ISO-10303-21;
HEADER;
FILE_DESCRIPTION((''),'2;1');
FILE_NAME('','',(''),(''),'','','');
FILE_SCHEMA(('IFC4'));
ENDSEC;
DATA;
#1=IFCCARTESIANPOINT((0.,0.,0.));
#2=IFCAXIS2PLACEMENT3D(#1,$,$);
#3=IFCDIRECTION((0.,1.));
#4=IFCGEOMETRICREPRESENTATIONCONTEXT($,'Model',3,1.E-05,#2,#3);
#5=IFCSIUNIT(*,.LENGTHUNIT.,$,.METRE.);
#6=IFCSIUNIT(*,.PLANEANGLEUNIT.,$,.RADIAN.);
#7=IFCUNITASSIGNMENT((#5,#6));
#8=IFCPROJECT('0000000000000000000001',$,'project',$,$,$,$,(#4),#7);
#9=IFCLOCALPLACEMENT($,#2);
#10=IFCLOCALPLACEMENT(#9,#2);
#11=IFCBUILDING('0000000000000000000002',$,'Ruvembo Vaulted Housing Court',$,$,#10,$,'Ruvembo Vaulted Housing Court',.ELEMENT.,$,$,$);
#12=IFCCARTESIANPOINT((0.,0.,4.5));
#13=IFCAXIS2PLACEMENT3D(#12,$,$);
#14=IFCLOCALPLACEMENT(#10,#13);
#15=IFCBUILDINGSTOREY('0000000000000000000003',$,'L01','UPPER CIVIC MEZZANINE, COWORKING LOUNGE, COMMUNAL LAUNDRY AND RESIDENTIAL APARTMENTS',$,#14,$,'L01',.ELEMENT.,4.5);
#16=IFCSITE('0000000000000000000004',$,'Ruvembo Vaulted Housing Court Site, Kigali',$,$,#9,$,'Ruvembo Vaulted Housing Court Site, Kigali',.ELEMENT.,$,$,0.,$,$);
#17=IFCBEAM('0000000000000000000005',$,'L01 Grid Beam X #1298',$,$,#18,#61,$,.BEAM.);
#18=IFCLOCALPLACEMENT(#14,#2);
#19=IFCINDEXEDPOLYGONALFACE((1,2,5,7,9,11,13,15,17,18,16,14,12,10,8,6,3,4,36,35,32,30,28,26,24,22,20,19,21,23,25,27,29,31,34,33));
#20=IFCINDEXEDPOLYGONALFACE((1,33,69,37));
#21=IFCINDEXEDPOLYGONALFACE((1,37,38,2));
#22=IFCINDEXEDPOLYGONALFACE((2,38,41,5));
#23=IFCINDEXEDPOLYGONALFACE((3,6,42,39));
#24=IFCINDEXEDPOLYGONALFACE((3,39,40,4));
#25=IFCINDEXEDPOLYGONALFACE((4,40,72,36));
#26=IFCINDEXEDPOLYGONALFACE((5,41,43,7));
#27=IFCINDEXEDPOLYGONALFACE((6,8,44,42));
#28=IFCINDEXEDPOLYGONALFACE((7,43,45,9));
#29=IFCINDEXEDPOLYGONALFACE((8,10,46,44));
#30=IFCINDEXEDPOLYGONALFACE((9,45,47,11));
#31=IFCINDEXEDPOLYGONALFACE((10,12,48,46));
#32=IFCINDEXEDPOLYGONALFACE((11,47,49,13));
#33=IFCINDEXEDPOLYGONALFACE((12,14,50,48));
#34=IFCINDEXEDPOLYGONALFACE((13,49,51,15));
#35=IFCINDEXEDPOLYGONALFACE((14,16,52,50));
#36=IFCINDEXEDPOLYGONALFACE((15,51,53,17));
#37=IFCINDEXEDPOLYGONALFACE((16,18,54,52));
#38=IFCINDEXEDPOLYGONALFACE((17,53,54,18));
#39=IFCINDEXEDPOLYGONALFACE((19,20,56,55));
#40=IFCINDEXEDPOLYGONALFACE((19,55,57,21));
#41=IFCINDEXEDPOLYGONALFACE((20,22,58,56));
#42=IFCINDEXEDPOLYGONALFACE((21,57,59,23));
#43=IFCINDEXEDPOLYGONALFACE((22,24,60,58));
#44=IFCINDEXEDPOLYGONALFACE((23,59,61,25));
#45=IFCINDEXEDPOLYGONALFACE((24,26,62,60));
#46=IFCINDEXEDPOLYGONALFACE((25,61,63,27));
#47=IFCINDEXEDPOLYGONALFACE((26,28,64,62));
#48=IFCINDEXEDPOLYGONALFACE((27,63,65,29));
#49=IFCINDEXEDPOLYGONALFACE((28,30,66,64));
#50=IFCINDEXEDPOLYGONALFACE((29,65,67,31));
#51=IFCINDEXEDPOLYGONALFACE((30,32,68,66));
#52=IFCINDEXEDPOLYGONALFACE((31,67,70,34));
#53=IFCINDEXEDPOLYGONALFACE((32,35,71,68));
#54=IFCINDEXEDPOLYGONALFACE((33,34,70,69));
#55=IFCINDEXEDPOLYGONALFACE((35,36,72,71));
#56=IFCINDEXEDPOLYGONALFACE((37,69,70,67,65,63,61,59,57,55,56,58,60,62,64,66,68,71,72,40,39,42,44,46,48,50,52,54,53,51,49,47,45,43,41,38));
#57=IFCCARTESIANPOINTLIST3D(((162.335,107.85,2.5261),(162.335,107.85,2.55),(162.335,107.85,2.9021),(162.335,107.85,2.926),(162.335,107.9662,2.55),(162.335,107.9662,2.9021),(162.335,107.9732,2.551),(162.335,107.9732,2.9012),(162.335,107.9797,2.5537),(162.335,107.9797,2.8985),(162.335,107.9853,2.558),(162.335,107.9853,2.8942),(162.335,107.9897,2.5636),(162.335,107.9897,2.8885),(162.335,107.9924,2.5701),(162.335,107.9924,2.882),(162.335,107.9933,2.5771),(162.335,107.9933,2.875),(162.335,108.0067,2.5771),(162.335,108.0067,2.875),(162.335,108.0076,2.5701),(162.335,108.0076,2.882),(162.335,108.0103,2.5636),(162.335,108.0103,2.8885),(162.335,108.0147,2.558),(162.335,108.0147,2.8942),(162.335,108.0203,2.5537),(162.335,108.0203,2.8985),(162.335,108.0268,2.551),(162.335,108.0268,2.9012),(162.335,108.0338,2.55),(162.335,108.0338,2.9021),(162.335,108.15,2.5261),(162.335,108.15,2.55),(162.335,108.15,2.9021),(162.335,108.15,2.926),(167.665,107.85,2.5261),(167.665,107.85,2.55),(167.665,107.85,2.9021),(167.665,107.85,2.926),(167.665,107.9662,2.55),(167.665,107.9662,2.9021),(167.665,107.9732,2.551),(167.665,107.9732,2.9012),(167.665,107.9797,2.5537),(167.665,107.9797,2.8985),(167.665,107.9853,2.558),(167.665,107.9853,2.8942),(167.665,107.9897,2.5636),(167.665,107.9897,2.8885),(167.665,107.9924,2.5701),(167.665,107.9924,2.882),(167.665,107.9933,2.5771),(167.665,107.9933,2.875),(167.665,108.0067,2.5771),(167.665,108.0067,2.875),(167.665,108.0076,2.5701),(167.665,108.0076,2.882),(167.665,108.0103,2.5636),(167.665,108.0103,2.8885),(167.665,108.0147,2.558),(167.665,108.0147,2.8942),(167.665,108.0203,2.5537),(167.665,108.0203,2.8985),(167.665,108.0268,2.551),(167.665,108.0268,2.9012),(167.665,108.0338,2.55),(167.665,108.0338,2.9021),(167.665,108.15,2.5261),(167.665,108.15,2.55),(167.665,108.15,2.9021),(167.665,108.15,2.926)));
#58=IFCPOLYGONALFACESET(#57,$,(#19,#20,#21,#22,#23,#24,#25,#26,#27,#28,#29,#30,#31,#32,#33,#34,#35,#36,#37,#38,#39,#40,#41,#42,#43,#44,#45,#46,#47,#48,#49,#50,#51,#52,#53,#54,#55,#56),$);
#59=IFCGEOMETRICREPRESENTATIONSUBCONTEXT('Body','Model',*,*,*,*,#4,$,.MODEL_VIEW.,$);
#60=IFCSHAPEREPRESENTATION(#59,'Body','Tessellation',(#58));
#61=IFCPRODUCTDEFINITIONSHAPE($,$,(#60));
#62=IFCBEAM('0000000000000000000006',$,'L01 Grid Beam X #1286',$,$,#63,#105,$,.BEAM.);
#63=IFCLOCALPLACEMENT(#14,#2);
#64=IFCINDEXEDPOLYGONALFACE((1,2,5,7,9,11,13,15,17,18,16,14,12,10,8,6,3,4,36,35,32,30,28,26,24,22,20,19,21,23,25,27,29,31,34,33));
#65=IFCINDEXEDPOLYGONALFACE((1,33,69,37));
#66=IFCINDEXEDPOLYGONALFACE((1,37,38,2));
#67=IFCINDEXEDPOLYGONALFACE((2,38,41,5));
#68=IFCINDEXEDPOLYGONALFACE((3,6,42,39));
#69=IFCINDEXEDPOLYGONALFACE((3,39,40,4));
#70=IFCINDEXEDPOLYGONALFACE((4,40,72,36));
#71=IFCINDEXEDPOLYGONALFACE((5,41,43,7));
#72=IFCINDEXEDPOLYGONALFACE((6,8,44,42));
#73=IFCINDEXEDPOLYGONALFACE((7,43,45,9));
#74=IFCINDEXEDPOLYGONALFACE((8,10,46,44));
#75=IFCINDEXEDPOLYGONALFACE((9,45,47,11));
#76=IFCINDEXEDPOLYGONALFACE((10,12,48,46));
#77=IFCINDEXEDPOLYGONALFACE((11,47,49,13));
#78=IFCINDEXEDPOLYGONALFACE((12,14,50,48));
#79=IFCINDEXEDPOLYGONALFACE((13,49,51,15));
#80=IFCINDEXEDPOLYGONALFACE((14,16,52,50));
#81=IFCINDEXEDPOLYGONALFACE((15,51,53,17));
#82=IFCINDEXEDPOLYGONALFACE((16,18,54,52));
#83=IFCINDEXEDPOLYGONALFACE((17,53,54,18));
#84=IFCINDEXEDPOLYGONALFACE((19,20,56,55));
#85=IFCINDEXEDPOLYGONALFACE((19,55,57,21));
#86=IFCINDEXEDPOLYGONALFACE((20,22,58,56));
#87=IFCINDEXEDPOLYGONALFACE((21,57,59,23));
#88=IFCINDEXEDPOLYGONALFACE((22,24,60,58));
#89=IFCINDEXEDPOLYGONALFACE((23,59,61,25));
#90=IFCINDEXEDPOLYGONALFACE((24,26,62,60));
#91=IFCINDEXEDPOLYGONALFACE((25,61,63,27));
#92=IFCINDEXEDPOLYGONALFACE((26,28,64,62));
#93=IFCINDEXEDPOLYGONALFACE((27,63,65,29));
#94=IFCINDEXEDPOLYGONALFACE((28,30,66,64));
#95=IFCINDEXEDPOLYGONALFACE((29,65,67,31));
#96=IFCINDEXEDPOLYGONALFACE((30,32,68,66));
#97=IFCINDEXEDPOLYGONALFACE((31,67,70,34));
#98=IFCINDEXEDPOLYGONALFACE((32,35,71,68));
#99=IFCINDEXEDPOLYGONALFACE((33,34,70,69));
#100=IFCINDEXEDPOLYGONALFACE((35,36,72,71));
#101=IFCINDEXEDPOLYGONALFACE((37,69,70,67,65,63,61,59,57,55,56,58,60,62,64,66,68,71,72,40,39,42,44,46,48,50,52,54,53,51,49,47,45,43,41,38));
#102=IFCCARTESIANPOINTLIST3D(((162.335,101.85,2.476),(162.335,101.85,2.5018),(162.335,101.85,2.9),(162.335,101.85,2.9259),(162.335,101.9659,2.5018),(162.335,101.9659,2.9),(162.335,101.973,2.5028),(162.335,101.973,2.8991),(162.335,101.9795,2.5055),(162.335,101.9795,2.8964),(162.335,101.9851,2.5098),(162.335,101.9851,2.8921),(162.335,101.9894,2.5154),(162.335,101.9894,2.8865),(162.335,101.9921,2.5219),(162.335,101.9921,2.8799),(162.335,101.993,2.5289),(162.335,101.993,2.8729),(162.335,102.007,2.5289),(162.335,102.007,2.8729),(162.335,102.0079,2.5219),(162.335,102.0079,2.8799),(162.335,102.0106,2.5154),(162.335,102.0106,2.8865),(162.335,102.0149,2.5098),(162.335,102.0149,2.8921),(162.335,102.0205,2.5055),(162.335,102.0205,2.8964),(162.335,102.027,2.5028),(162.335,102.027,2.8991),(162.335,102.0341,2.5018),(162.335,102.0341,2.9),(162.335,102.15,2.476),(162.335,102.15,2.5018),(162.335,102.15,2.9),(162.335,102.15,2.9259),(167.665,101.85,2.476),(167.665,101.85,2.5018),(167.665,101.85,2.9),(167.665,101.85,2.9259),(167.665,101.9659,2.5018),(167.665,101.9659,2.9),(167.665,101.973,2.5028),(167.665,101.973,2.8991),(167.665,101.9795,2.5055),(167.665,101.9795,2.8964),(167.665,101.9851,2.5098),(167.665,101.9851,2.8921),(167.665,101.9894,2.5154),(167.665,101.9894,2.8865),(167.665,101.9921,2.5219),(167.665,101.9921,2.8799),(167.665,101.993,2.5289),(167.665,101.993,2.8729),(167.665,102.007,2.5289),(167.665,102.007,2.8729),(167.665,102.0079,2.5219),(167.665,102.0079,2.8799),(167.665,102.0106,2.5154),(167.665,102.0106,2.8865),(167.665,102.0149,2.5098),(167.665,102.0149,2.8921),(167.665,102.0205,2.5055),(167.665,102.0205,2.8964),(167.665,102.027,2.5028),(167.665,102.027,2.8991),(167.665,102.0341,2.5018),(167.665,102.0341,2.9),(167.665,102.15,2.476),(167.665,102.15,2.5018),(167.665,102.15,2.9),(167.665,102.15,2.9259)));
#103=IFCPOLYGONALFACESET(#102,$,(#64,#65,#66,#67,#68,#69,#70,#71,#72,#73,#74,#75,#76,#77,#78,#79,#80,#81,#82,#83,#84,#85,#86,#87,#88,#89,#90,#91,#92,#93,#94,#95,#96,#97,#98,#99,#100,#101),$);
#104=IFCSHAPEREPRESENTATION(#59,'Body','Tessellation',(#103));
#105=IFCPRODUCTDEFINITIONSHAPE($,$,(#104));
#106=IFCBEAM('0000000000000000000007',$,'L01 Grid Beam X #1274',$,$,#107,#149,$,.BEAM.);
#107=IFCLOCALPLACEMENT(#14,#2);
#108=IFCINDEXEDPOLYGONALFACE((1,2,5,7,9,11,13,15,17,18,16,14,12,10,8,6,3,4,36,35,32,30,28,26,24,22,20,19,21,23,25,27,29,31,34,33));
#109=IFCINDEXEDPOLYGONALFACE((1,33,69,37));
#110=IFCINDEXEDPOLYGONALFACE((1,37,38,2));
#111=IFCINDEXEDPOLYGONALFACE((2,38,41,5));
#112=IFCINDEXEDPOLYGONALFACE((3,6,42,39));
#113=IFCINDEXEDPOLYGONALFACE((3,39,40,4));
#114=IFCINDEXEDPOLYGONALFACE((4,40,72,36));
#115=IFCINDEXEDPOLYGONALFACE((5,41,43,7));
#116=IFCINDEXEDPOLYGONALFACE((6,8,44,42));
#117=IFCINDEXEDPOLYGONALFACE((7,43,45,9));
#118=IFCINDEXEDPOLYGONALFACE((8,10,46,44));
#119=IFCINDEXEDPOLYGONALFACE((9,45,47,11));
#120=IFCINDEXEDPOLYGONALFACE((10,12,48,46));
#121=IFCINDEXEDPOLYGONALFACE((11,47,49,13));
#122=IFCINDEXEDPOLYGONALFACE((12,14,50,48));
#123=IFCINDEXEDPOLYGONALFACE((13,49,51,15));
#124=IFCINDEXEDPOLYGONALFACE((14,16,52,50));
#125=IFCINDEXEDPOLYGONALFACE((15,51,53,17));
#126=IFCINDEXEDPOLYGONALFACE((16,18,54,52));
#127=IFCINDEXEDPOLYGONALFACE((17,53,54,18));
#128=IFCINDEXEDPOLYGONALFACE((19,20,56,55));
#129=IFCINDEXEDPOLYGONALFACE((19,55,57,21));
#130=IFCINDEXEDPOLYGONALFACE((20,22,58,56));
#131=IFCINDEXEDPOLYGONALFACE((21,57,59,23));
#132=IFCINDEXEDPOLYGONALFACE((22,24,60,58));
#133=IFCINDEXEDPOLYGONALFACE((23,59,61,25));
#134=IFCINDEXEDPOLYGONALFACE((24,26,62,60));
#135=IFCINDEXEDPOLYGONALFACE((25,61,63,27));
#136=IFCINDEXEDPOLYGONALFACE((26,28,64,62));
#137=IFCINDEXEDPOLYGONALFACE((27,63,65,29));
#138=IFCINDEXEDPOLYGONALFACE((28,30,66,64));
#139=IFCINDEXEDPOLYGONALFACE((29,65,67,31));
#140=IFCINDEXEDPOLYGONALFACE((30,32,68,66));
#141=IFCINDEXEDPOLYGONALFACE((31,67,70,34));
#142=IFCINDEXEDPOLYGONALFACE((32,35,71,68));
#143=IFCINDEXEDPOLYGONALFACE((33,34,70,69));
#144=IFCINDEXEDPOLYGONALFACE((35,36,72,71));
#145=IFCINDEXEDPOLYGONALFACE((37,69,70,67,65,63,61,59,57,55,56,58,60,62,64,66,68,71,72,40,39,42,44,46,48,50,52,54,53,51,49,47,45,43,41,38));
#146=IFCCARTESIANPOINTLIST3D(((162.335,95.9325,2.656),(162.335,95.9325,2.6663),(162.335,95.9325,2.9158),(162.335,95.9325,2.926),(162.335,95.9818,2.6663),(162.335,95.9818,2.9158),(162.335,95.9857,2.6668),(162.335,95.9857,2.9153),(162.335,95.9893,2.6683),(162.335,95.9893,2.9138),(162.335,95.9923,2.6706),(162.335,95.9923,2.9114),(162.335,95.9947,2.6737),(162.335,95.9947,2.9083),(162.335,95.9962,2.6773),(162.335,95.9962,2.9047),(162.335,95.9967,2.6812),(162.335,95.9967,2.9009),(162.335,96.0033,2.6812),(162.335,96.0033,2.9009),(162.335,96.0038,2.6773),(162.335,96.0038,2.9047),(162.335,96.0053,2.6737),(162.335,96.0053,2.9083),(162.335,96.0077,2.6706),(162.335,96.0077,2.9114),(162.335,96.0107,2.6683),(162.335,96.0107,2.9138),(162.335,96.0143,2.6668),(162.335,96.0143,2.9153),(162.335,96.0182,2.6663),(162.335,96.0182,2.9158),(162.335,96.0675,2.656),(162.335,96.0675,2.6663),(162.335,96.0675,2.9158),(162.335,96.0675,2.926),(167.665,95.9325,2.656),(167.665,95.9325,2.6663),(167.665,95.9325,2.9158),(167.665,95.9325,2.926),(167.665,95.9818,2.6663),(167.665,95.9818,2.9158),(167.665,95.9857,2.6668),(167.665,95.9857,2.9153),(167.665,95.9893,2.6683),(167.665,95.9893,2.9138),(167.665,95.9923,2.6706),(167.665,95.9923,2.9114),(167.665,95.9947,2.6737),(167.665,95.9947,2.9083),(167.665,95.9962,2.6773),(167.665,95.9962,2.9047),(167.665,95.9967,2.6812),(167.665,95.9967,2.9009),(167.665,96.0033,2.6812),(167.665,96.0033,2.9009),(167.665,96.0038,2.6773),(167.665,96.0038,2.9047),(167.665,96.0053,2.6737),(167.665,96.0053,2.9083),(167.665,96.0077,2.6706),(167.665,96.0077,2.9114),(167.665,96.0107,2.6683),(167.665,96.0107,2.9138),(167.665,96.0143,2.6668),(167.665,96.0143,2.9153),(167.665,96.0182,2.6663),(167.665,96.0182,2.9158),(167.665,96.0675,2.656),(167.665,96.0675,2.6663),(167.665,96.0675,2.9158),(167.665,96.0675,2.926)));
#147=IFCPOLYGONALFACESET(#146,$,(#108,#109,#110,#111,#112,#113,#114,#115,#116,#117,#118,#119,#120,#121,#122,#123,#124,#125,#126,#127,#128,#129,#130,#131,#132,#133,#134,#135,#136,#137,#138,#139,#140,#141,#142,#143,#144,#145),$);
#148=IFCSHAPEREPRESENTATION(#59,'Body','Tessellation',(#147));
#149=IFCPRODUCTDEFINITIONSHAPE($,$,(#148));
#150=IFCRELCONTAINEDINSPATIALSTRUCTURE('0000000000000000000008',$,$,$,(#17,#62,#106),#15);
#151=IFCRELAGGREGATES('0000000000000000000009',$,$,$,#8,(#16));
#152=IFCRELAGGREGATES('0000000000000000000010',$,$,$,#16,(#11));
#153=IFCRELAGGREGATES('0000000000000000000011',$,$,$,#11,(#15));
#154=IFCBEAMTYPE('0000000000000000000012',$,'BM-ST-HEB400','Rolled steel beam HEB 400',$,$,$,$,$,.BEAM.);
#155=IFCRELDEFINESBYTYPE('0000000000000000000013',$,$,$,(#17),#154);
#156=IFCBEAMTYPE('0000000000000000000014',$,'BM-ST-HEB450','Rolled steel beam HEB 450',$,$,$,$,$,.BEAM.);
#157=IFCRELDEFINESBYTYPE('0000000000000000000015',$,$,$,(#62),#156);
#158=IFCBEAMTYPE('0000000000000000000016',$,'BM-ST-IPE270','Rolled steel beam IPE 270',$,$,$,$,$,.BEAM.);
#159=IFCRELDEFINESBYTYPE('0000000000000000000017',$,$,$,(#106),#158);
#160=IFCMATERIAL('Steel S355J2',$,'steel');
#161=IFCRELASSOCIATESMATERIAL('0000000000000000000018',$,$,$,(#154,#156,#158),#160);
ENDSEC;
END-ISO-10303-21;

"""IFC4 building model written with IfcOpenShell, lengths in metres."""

from ifc_helpers import new_model, si_unit, direction, frame, origin, origin_2d, place, context, subcontext, project, spatial, i_section, extrude, material, material_profile, profile_set, type_object, element, save


model = new_model("IFC4")

# Units and contexts
model_context = context("Model", 3, precision=1e-05, world=origin(), true_north=direction((0.0, 1.0)))
body_context = subcontext(model_context, "Body", "Model", "MODEL_VIEW")
ifc_project = project(units=[si_unit("LENGTHUNIT", "METRE"), si_unit("PLANEANGLEUNIT", "RADIAN")], contexts=[model_context])

# Site, building, storey
site_placement = place(None, origin())
site = spatial("IfcSite", under=ifc_project, at=site_placement, Name="Ruvembo Vaulted Housing Court Site, Kigali", LongName="Ruvembo Vaulted Housing Court Site, Kigali", CompositionType="ELEMENT", RefElevation=0.0)
building_placement = place(site_placement, origin())
building = spatial("IfcBuilding", under=site, at=building_placement, Name="Ruvembo Vaulted Housing Court", LongName="Ruvembo Vaulted Housing Court", CompositionType="ELEMENT")
storey_placement = place(building_placement, frame((0.0, 0.0, 4.5)))
storey = spatial("IfcBuildingStorey", under=building, at=storey_placement, Name="L01", Description="UPPER CIVIC MEZZANINE, COWORKING LOUNGE, COMMUNAL LAUNDRY AND RESIDENTIAL APARTMENTS", LongName="L01", CompositionType="ELEMENT", Elevation=4.5)

# Beams
ifc_material_1 = material(Name="Steel S355J2", Category="steel")
ifc_material_profile_1 = material_profile(ifc_material_1, i_section(OverallWidth=0.3, OverallDepth=0.3999, WebThickness=0.0134, FlangeThickness=0.0239, FilletRadius=0.0271, at=origin_2d()), Name="HEB 400")
ifc_profile_set_1 = profile_set([ifc_material_profile_1], Name="Steel S355J2")
beam_type_1 = type_object("IfcBeamType", Name="BM-ST-HEB400", Description="Rolled steel beam HEB 400", PredefinedType="BEAM", material=ifc_profile_set_1)
beam_1_placement = place(storey_placement, frame((162.335, 108.0, 2.7261), z_axis=(1.0, 0.0, 0.0), x_axis=(0.0, 1.0, 0.0)))
element("IfcBeam", 1, at=beam_1_placement, inside=storey, type_object=beam_type_1, Name="L01 Grid Beam X #1298", PredefinedType="BEAM", context=body_context, shape_type="SweptSolid", body=[
    extrude(i_section(OverallWidth=0.3, OverallDepth=0.3999, WebThickness=0.0134, FlangeThickness=0.0239, FilletRadius=0.0271, at=origin_2d()), origin(), (0.0, 0.0, 1.0), 5.3301),
])
ifc_material_profile_2 = material_profile(ifc_material_1, i_section(OverallWidth=0.3, OverallDepth=0.45, WebThickness=0.0139, FlangeThickness=0.0259, FilletRadius=0.0271, at=origin_2d()), Name="HEB 450")
ifc_profile_set_2 = profile_set([ifc_material_profile_2], Name="Steel S355J2")
beam_type_2 = type_object("IfcBeamType", Name="BM-ST-HEB450", Description="Rolled steel beam HEB 450", PredefinedType="BEAM", material=ifc_profile_set_2)
beam_2_placement = place(storey_placement, frame((162.335, 102.0, 2.7009), z_axis=(1.0, 0.0, 0.0), x_axis=(0.0, 1.0, 0.0)))
element("IfcBeam", 2, at=beam_2_placement, inside=storey, type_object=beam_type_2, Name="L01 Grid Beam X #1286", PredefinedType="BEAM", context=body_context, shape_type="SweptSolid", body=[
    extrude(i_section(OverallWidth=0.3, OverallDepth=0.45, WebThickness=0.0139, FlangeThickness=0.0259, FilletRadius=0.0271, at=origin_2d()), origin(), (0.0, 0.0, 1.0), 5.3301),
])
ifc_material_profile_3 = material_profile(ifc_material_1, i_section(OverallWidth=0.135, OverallDepth=0.27, WebThickness=0.0066, FlangeThickness=0.0103, FilletRadius=0.0149, at=origin_2d()), Name="IPE 270")
ifc_profile_set_3 = profile_set([ifc_material_profile_3], Name="Steel S355J2")
beam_type_3 = type_object("IfcBeamType", Name="BM-ST-IPE270", Description="Rolled steel beam IPE 270", PredefinedType="BEAM", material=ifc_profile_set_3)
beam_3_placement = place(storey_placement, frame((162.335, 96.0, 2.791), z_axis=(1.0, 0.0, 0.0), x_axis=(0.0, 1.0, 0.0)))
element("IfcBeam", 3, at=beam_3_placement, inside=storey, type_object=beam_type_3, Name="L01 Grid Beam X #1274", PredefinedType="BEAM", context=body_context, shape_type="SweptSolid", body=[
    extrude(i_section(OverallWidth=0.135, OverallDepth=0.27, WebThickness=0.0066, FlangeThickness=0.0103, FilletRadius=0.0149, at=origin_2d()), origin(), (0.0, 0.0, 1.0), 5.3301),
])

save(model, "model.ifc")
